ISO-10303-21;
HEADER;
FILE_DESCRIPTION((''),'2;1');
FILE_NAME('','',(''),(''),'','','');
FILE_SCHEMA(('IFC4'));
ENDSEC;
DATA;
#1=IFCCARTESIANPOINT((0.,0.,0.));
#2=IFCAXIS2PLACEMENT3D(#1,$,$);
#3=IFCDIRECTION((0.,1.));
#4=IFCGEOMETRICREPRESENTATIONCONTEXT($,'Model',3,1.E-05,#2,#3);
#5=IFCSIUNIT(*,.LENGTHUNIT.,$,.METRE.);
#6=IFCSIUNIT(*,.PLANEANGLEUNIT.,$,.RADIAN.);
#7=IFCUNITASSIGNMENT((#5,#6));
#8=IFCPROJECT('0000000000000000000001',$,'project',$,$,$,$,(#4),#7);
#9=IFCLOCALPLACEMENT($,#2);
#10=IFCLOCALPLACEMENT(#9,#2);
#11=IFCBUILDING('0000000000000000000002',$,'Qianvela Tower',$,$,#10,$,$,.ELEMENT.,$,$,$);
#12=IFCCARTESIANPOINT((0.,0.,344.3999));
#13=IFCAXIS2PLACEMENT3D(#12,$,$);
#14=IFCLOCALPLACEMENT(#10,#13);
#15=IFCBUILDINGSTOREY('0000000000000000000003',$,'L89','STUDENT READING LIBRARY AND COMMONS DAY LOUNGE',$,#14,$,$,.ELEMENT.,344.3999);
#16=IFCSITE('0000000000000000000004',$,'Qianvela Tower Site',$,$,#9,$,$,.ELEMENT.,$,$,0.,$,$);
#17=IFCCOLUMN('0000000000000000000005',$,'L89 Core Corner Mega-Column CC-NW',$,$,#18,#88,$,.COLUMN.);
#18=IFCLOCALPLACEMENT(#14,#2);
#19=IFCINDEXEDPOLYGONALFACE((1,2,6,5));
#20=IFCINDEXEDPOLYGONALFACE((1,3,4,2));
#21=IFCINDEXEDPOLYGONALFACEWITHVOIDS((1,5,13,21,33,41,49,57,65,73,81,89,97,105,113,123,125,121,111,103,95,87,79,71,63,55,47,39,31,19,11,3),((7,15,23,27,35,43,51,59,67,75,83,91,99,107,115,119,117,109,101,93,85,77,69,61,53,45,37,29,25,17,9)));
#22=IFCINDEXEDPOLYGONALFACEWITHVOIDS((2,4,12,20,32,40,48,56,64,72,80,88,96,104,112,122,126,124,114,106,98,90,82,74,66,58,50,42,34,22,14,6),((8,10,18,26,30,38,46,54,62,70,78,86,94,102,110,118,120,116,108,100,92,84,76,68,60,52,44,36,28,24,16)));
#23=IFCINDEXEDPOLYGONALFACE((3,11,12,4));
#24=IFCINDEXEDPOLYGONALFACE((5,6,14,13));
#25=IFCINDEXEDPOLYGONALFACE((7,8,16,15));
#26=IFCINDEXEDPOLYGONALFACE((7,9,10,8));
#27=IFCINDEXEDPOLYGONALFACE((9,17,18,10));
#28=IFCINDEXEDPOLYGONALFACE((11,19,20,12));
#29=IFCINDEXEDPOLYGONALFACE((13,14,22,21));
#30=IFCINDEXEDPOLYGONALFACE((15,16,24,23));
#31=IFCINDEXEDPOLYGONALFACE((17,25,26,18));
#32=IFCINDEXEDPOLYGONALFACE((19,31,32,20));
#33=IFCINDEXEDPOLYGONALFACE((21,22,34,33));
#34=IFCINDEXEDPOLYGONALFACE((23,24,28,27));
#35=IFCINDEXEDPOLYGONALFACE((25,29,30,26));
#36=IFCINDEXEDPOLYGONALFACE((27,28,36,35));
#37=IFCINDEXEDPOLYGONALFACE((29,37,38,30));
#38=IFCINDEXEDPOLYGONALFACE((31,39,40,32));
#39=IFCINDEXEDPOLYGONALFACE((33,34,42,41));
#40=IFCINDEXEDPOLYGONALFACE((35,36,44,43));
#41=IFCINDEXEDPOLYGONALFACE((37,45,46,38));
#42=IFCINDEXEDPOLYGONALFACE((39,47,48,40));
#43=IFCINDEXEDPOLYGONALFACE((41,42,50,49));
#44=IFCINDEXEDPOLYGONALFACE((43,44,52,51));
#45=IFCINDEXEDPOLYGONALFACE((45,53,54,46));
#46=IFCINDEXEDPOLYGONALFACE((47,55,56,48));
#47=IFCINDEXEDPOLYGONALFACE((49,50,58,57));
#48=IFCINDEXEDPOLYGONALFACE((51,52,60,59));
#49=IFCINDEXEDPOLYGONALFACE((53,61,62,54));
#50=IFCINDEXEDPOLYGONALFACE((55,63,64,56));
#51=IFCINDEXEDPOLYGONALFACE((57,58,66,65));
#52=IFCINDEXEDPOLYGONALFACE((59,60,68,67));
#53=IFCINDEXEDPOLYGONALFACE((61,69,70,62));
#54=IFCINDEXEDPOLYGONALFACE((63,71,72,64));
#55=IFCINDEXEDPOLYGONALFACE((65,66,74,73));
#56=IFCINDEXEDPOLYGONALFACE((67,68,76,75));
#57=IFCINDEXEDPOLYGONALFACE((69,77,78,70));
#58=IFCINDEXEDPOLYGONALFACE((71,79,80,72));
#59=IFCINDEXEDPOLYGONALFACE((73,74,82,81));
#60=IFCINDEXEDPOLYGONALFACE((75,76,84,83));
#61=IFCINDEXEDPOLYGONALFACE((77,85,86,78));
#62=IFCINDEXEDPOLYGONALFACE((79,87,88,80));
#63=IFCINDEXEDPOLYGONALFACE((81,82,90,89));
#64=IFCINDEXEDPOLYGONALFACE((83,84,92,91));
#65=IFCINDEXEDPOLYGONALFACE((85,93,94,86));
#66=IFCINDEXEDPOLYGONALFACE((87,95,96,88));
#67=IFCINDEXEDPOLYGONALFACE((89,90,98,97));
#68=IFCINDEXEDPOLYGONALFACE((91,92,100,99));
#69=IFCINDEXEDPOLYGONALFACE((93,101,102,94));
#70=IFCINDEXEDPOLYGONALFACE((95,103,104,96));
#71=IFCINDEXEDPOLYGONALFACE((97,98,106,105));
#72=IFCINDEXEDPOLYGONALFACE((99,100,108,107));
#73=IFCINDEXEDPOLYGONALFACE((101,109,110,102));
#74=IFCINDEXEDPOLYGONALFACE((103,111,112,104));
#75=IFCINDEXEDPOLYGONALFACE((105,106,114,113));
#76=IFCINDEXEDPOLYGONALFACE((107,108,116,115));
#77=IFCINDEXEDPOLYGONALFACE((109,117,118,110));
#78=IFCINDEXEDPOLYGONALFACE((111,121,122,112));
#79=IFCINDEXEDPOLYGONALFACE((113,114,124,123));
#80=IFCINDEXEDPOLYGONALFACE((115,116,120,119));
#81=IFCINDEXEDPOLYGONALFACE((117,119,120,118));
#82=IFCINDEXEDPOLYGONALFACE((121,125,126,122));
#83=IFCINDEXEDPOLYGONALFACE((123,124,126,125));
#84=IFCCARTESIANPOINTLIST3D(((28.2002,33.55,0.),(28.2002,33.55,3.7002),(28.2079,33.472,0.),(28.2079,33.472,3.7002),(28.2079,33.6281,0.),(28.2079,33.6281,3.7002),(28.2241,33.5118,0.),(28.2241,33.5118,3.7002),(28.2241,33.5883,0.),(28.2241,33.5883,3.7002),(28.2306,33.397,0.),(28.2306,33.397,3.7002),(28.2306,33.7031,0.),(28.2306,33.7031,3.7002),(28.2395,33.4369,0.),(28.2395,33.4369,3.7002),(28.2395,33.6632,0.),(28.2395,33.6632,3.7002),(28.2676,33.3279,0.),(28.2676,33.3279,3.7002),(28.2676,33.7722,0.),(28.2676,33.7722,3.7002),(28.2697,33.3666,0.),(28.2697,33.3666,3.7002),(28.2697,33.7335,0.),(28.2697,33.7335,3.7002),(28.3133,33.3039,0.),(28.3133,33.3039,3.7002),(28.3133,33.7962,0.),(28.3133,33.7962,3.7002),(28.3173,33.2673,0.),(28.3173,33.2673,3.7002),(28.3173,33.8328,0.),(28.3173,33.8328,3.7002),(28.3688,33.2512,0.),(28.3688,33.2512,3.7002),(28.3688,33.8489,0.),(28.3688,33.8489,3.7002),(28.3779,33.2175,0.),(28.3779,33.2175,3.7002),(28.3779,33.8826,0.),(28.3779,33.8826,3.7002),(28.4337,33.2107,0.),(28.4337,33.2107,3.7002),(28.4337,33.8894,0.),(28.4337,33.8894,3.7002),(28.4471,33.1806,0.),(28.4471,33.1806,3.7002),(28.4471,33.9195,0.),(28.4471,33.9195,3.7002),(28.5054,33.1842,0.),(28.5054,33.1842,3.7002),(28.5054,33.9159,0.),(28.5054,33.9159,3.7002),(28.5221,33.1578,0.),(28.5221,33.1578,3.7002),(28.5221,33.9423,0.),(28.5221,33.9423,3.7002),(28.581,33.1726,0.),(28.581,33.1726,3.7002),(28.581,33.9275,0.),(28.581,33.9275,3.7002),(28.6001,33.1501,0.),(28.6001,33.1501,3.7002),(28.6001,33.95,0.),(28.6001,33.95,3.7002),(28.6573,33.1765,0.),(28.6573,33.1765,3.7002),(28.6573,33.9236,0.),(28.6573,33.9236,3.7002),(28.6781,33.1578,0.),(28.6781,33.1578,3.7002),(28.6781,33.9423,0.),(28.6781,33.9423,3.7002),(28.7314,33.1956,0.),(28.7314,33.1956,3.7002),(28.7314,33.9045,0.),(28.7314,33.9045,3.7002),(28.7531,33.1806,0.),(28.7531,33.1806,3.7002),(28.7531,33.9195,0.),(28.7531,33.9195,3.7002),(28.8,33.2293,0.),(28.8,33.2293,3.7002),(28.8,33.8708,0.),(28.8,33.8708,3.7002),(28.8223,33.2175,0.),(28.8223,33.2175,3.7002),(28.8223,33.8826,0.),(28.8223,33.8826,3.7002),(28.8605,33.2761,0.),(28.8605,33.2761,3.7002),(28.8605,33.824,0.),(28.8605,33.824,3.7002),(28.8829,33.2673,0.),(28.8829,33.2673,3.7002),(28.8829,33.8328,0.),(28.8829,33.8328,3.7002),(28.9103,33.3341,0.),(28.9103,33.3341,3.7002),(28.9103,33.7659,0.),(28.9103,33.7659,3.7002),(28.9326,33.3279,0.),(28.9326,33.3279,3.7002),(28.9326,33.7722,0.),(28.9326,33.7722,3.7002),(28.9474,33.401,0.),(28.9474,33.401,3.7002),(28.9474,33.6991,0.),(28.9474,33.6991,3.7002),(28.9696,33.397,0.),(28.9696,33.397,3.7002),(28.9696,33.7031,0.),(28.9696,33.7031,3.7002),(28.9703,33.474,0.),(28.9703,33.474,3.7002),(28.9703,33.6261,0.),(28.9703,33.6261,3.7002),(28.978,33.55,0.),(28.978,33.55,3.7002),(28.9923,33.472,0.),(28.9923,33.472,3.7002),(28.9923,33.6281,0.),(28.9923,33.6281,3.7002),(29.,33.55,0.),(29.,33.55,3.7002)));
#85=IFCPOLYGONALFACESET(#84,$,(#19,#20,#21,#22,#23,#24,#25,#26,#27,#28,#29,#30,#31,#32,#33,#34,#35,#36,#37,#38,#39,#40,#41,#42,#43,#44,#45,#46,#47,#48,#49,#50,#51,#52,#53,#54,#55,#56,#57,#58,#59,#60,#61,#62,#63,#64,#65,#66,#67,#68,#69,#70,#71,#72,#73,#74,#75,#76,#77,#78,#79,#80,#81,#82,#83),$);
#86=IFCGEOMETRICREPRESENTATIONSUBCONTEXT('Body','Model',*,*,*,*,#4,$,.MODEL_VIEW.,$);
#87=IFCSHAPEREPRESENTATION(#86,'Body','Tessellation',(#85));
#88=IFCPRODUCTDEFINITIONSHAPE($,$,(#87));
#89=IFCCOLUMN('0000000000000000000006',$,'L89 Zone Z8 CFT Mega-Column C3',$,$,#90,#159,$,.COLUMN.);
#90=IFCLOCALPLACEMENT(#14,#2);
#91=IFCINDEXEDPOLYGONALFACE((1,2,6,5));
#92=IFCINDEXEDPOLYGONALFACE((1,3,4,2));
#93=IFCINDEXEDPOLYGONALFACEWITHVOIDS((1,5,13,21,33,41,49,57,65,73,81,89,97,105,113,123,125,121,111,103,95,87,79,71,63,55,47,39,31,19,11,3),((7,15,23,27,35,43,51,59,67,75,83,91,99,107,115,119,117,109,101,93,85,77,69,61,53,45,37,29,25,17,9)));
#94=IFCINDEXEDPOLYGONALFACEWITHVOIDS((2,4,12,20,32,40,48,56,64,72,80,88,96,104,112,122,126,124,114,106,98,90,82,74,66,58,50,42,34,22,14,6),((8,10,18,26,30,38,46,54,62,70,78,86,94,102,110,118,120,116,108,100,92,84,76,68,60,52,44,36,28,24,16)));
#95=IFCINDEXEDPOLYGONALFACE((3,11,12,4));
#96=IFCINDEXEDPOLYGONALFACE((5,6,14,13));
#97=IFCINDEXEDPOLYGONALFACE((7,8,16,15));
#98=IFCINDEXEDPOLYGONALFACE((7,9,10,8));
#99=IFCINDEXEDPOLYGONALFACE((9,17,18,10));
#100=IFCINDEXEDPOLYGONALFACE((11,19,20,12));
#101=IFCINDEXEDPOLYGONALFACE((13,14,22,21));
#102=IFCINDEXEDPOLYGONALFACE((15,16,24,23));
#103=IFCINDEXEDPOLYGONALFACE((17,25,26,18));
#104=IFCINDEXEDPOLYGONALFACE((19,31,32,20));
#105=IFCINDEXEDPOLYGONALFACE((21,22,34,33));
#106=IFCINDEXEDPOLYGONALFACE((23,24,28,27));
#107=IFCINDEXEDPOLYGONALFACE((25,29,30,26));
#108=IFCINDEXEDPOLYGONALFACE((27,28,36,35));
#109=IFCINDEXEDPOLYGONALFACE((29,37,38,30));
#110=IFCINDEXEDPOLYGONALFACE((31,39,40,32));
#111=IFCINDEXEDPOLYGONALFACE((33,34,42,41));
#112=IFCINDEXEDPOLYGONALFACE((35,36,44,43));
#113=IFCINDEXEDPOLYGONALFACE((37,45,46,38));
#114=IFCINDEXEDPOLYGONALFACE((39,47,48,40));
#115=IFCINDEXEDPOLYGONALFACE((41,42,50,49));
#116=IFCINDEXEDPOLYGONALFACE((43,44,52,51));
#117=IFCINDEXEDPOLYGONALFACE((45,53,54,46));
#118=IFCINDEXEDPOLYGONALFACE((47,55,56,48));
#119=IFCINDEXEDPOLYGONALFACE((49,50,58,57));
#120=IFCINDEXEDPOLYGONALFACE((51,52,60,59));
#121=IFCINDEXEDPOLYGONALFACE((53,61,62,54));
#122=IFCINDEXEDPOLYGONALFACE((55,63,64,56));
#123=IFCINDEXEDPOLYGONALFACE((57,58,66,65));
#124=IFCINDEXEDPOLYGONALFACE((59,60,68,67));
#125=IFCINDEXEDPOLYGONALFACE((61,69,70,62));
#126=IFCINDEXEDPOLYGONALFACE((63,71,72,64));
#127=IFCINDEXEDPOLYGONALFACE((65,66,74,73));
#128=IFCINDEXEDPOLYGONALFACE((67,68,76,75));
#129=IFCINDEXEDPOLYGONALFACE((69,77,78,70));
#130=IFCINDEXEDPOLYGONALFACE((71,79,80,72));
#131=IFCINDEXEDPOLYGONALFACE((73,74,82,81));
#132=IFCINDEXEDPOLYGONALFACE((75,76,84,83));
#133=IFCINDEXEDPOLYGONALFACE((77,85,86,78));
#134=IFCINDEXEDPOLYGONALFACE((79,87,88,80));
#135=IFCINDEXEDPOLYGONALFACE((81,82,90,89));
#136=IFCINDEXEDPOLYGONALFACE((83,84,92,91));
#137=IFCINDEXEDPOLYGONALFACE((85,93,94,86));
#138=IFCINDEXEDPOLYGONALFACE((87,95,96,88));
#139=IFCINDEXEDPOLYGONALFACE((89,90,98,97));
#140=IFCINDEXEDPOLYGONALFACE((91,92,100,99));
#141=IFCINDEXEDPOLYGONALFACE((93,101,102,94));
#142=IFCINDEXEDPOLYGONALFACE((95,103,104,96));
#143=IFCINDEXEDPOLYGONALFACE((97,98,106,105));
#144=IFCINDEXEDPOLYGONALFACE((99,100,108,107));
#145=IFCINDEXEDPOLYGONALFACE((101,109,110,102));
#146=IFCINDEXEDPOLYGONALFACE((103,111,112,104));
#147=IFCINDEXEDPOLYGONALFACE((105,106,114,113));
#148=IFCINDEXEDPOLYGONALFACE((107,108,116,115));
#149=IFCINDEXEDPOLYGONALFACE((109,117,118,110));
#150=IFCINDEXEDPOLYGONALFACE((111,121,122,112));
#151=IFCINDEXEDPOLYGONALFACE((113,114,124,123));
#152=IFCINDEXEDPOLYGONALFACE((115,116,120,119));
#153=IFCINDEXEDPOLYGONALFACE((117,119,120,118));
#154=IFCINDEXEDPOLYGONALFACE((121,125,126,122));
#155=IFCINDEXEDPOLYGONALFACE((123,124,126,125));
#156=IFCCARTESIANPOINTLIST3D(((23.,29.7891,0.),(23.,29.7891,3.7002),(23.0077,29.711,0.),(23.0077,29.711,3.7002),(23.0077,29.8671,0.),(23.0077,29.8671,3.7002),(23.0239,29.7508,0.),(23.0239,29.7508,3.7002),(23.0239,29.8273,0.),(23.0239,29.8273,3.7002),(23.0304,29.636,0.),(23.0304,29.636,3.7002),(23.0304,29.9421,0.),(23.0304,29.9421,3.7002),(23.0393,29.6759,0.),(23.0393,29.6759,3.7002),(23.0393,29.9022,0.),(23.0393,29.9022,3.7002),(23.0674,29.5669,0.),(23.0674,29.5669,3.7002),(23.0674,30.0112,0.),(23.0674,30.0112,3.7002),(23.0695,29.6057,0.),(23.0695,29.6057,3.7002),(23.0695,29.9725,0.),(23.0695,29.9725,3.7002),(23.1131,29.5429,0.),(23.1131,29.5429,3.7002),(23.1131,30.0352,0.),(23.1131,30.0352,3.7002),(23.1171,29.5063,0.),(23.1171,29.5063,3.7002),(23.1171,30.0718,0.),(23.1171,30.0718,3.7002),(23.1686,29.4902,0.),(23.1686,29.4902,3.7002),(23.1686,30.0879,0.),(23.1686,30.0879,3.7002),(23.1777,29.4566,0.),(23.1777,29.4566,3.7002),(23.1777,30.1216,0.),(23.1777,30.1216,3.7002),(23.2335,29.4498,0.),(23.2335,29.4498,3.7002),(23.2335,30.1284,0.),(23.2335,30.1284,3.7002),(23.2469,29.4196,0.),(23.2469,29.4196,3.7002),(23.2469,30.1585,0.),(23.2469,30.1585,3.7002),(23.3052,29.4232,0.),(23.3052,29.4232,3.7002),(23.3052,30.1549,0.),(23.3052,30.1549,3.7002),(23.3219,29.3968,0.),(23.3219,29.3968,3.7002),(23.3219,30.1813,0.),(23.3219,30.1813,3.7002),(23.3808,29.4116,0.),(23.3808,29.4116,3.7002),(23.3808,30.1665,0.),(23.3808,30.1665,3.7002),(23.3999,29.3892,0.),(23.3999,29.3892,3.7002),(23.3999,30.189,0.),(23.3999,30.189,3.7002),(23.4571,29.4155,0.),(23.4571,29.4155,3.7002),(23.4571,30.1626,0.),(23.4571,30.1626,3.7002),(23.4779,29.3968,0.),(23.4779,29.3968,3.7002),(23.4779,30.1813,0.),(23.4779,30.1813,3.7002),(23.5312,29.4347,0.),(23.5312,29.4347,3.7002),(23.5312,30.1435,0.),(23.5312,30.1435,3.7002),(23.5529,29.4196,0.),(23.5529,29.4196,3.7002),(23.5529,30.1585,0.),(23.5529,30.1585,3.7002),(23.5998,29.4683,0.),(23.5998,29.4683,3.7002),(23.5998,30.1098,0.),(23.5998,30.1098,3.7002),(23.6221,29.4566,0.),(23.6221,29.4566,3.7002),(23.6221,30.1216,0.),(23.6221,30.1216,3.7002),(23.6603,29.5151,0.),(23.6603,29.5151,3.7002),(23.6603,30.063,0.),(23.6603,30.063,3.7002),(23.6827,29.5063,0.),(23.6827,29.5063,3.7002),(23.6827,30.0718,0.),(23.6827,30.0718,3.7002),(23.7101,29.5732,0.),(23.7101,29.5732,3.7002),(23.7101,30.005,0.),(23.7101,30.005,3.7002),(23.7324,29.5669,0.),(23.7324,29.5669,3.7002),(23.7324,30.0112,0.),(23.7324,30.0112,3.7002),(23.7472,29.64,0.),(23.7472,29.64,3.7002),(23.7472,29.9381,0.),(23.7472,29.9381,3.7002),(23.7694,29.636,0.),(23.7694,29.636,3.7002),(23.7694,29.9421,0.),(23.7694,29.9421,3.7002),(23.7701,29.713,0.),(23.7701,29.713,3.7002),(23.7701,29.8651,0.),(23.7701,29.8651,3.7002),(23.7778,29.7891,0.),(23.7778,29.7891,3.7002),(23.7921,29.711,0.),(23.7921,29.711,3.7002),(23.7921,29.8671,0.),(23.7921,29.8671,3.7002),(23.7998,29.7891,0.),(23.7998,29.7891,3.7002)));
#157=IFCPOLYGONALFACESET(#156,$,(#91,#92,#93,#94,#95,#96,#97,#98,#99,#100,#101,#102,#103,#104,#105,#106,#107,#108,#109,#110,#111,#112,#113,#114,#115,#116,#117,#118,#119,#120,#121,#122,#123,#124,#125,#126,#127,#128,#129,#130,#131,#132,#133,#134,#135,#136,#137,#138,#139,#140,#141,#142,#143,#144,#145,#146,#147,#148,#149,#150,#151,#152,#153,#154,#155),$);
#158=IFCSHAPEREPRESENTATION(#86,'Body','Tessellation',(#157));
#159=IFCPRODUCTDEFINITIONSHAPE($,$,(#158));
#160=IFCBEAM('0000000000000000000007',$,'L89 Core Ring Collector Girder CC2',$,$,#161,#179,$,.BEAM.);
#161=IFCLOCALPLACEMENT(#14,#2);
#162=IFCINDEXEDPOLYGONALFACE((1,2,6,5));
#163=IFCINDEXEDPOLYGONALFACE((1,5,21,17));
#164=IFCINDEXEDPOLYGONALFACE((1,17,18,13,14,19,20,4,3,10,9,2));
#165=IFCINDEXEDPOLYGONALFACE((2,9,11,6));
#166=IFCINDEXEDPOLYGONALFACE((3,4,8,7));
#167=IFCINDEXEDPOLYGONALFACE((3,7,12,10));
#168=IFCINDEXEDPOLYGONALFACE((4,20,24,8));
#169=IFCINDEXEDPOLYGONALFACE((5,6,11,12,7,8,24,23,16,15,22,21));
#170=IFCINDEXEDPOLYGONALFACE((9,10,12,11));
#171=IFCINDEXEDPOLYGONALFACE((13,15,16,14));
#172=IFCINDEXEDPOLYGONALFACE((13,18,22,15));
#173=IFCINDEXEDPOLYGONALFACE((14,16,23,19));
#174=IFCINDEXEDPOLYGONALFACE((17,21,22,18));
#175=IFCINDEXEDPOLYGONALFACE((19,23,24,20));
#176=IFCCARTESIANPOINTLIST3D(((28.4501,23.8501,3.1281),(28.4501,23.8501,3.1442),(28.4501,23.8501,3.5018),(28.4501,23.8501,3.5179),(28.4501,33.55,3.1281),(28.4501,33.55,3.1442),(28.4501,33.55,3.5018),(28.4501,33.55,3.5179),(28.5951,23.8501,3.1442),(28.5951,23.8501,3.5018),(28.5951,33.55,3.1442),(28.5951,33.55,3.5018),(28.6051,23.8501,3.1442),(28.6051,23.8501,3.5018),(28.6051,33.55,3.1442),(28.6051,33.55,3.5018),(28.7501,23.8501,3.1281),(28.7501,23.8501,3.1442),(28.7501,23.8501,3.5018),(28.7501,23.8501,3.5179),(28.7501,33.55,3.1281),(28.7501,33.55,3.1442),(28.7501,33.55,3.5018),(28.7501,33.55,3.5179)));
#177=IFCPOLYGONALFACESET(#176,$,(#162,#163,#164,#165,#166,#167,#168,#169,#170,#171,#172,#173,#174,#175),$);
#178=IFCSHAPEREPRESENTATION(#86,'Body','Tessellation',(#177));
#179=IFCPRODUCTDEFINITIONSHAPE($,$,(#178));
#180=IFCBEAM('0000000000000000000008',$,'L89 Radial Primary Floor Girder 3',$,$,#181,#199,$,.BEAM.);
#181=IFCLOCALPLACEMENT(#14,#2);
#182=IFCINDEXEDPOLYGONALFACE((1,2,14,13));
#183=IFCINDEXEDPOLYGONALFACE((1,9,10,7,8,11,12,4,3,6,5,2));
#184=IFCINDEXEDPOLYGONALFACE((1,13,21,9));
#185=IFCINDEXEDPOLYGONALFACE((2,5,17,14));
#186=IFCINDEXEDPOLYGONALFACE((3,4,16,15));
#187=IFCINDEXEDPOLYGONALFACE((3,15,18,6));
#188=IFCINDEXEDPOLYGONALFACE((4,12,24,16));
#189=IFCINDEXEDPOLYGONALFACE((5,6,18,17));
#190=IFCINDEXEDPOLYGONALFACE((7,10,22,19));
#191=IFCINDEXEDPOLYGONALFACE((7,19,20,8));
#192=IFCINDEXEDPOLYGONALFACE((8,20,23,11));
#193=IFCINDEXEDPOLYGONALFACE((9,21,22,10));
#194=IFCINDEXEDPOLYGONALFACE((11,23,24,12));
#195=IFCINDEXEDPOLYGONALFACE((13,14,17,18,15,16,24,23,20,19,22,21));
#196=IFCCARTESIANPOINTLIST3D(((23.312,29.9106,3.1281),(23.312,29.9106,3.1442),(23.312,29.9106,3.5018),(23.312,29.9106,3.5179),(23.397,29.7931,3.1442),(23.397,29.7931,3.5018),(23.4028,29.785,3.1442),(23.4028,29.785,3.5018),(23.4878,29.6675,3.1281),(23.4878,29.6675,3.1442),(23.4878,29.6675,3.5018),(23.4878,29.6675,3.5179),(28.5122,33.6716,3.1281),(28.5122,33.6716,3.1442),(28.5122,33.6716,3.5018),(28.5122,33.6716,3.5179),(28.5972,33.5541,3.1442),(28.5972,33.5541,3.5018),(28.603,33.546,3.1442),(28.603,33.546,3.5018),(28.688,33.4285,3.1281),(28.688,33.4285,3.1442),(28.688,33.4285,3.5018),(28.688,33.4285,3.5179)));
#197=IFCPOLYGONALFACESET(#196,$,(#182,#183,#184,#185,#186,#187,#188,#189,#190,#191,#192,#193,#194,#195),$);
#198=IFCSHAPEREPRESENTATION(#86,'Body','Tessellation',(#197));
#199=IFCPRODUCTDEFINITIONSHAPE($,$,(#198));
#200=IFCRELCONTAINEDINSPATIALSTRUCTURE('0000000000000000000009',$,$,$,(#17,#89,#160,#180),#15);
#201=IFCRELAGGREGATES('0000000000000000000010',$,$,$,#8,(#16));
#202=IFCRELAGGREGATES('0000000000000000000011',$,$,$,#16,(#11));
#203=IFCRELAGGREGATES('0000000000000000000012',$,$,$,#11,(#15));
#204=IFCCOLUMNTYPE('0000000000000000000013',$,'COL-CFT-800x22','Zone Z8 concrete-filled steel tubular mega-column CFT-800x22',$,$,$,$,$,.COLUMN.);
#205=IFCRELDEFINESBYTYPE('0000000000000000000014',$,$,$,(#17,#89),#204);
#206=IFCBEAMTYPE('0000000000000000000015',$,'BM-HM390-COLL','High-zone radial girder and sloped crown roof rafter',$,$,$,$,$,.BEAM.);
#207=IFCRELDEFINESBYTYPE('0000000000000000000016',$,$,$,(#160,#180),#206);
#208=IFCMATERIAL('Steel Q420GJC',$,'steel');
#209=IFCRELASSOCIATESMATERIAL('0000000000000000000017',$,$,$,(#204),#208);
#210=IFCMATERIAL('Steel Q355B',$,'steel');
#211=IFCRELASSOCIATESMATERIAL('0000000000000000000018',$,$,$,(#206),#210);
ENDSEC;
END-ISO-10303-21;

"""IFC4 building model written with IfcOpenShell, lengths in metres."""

from ifc_helpers import new_model, si_unit, direction, frame, origin, origin_2d, place, context, subcontext, project, spatial, hollow_circle, i_section, extrude, material, material_profile, profile_set, type_object, element, save


model = new_model("IFC4")

# Units and contexts
model_context = context("Model", 3, precision=1e-05, world=origin(), true_north=direction((0.0, 1.0)))
body_context = subcontext(model_context, "Body", "Model", "MODEL_VIEW")
ifc_project = project(units=[si_unit("LENGTHUNIT", "METRE"), si_unit("PLANEANGLEUNIT", "RADIAN")], contexts=[model_context])

# Site, building, storey
site_placement = place(None, origin())
site = spatial("IfcSite", under=ifc_project, at=site_placement, Name="Qianvela Tower Site", CompositionType="ELEMENT", RefElevation=0.0)
building_placement = place(site_placement, origin())
building = spatial("IfcBuilding", under=site, at=building_placement, Name="Qianvela Tower", CompositionType="ELEMENT")
storey_placement = place(building_placement, frame((0.0, 0.0, 344.3999)))
storey = spatial("IfcBuildingStorey", under=building, at=storey_placement, Name="L89", Description="STUDENT READING LIBRARY AND COMMONS DAY LOUNGE", CompositionType="ELEMENT", Elevation=344.3999)

# Columns
ifc_material_1 = material(Name="Steel Q420GJC", Category="steel")
ifc_material_profile_1 = material_profile(ifc_material_1, hollow_circle(Radius=0.3999, WallThickness=0.022, at=origin_2d()), Name="CFT-800x22")
ifc_profile_set_1 = profile_set([ifc_material_profile_1], Name="Steel Q420GJC")
column_type = type_object("IfcColumnType", Name="COL-CFT-800x22", Description="Zone Z8 concrete-filled steel tubular mega-column CFT-800x22", PredefinedType="COLUMN", material=ifc_profile_set_1)
for number, where, z_axis, x_axis, name in (
    (1, (28.6001, 33.55, 0.0), (0.0, 0.0, 1.0), (1.0, 0.0, 0.0), "L89 Core Corner Mega-Column CC-NW"),
    (2, (23.3999, 29.7891, 0.0), (0.0, 0.0, 1.0), (1.0, 0.0, 0.0), "L89 Zone Z8 CFT Mega-Column C3"),
):
    element("IfcColumn", number, at=place(storey_placement, frame(where, z_axis=z_axis, x_axis=x_axis)), inside=storey, type_object=column_type, Name=name, PredefinedType="COLUMN", context=body_context, shape_type="SweptSolid", body=[
        extrude(hollow_circle(Radius=0.3999, WallThickness=0.022, at=origin_2d()), origin(), (0.0, 0.0, 1.0), 3.7002),
    ])

# Beams
ifc_material_2 = material(Name="Steel Q355B", Category="steel")
ifc_material_profile_2 = material_profile(ifc_material_2, i_section(OverallWidth=0.3, OverallDepth=0.3899, WebThickness=0.01, FlangeThickness=0.0161, at=origin_2d()), Name="HM390x300x10x16")
ifc_profile_set_2 = profile_set([ifc_material_profile_2], Name="Steel Q355B")
beam_type_1 = type_object("IfcBeamType", Name="BM-HM390-COLL", Description="High-zone radial girder and sloped crown roof rafter", PredefinedType="BEAM", material=ifc_profile_set_2)
beam_1_placement = place(storey_placement, frame((28.6001, 33.55, 3.323), z_axis=(0.0, -1.0, 0.0), x_axis=(1.0, 0.0, 0.0)))
element("IfcBeam", 3, at=beam_1_placement, inside=storey, type_object=beam_type_1, Name="L89 Core Ring Collector Girder CC2", PredefinedType="BEAM", context=body_context, shape_type="SweptSolid", body=[
    extrude(i_section(OverallWidth=0.3, OverallDepth=0.3899, WebThickness=0.01, FlangeThickness=0.0161, at=origin_2d()), origin(), (0.0, 0.0, 1.0), 9.7),
])
beam_2_placement = place(storey_placement, frame((28.6001, 33.55, 3.323), z_axis=(-0.810288, -0.586032, 0.0), x_axis=(0.586032, -0.810288, 0.0)))
element("IfcBeam", 4, at=beam_2_placement, inside=storey, type_object=beam_type_1, Name="L89 Radial Primary Floor Girder 3", PredefinedType="BEAM", context=body_context, shape_type="SweptSolid", body=[
    extrude(i_section(OverallWidth=0.3, OverallDepth=0.3899, WebThickness=0.01, FlangeThickness=0.0161, at=origin_2d()), origin(), (0.0, 0.0, 1.0), 6.4177),
])

save(model, "model.ifc")
